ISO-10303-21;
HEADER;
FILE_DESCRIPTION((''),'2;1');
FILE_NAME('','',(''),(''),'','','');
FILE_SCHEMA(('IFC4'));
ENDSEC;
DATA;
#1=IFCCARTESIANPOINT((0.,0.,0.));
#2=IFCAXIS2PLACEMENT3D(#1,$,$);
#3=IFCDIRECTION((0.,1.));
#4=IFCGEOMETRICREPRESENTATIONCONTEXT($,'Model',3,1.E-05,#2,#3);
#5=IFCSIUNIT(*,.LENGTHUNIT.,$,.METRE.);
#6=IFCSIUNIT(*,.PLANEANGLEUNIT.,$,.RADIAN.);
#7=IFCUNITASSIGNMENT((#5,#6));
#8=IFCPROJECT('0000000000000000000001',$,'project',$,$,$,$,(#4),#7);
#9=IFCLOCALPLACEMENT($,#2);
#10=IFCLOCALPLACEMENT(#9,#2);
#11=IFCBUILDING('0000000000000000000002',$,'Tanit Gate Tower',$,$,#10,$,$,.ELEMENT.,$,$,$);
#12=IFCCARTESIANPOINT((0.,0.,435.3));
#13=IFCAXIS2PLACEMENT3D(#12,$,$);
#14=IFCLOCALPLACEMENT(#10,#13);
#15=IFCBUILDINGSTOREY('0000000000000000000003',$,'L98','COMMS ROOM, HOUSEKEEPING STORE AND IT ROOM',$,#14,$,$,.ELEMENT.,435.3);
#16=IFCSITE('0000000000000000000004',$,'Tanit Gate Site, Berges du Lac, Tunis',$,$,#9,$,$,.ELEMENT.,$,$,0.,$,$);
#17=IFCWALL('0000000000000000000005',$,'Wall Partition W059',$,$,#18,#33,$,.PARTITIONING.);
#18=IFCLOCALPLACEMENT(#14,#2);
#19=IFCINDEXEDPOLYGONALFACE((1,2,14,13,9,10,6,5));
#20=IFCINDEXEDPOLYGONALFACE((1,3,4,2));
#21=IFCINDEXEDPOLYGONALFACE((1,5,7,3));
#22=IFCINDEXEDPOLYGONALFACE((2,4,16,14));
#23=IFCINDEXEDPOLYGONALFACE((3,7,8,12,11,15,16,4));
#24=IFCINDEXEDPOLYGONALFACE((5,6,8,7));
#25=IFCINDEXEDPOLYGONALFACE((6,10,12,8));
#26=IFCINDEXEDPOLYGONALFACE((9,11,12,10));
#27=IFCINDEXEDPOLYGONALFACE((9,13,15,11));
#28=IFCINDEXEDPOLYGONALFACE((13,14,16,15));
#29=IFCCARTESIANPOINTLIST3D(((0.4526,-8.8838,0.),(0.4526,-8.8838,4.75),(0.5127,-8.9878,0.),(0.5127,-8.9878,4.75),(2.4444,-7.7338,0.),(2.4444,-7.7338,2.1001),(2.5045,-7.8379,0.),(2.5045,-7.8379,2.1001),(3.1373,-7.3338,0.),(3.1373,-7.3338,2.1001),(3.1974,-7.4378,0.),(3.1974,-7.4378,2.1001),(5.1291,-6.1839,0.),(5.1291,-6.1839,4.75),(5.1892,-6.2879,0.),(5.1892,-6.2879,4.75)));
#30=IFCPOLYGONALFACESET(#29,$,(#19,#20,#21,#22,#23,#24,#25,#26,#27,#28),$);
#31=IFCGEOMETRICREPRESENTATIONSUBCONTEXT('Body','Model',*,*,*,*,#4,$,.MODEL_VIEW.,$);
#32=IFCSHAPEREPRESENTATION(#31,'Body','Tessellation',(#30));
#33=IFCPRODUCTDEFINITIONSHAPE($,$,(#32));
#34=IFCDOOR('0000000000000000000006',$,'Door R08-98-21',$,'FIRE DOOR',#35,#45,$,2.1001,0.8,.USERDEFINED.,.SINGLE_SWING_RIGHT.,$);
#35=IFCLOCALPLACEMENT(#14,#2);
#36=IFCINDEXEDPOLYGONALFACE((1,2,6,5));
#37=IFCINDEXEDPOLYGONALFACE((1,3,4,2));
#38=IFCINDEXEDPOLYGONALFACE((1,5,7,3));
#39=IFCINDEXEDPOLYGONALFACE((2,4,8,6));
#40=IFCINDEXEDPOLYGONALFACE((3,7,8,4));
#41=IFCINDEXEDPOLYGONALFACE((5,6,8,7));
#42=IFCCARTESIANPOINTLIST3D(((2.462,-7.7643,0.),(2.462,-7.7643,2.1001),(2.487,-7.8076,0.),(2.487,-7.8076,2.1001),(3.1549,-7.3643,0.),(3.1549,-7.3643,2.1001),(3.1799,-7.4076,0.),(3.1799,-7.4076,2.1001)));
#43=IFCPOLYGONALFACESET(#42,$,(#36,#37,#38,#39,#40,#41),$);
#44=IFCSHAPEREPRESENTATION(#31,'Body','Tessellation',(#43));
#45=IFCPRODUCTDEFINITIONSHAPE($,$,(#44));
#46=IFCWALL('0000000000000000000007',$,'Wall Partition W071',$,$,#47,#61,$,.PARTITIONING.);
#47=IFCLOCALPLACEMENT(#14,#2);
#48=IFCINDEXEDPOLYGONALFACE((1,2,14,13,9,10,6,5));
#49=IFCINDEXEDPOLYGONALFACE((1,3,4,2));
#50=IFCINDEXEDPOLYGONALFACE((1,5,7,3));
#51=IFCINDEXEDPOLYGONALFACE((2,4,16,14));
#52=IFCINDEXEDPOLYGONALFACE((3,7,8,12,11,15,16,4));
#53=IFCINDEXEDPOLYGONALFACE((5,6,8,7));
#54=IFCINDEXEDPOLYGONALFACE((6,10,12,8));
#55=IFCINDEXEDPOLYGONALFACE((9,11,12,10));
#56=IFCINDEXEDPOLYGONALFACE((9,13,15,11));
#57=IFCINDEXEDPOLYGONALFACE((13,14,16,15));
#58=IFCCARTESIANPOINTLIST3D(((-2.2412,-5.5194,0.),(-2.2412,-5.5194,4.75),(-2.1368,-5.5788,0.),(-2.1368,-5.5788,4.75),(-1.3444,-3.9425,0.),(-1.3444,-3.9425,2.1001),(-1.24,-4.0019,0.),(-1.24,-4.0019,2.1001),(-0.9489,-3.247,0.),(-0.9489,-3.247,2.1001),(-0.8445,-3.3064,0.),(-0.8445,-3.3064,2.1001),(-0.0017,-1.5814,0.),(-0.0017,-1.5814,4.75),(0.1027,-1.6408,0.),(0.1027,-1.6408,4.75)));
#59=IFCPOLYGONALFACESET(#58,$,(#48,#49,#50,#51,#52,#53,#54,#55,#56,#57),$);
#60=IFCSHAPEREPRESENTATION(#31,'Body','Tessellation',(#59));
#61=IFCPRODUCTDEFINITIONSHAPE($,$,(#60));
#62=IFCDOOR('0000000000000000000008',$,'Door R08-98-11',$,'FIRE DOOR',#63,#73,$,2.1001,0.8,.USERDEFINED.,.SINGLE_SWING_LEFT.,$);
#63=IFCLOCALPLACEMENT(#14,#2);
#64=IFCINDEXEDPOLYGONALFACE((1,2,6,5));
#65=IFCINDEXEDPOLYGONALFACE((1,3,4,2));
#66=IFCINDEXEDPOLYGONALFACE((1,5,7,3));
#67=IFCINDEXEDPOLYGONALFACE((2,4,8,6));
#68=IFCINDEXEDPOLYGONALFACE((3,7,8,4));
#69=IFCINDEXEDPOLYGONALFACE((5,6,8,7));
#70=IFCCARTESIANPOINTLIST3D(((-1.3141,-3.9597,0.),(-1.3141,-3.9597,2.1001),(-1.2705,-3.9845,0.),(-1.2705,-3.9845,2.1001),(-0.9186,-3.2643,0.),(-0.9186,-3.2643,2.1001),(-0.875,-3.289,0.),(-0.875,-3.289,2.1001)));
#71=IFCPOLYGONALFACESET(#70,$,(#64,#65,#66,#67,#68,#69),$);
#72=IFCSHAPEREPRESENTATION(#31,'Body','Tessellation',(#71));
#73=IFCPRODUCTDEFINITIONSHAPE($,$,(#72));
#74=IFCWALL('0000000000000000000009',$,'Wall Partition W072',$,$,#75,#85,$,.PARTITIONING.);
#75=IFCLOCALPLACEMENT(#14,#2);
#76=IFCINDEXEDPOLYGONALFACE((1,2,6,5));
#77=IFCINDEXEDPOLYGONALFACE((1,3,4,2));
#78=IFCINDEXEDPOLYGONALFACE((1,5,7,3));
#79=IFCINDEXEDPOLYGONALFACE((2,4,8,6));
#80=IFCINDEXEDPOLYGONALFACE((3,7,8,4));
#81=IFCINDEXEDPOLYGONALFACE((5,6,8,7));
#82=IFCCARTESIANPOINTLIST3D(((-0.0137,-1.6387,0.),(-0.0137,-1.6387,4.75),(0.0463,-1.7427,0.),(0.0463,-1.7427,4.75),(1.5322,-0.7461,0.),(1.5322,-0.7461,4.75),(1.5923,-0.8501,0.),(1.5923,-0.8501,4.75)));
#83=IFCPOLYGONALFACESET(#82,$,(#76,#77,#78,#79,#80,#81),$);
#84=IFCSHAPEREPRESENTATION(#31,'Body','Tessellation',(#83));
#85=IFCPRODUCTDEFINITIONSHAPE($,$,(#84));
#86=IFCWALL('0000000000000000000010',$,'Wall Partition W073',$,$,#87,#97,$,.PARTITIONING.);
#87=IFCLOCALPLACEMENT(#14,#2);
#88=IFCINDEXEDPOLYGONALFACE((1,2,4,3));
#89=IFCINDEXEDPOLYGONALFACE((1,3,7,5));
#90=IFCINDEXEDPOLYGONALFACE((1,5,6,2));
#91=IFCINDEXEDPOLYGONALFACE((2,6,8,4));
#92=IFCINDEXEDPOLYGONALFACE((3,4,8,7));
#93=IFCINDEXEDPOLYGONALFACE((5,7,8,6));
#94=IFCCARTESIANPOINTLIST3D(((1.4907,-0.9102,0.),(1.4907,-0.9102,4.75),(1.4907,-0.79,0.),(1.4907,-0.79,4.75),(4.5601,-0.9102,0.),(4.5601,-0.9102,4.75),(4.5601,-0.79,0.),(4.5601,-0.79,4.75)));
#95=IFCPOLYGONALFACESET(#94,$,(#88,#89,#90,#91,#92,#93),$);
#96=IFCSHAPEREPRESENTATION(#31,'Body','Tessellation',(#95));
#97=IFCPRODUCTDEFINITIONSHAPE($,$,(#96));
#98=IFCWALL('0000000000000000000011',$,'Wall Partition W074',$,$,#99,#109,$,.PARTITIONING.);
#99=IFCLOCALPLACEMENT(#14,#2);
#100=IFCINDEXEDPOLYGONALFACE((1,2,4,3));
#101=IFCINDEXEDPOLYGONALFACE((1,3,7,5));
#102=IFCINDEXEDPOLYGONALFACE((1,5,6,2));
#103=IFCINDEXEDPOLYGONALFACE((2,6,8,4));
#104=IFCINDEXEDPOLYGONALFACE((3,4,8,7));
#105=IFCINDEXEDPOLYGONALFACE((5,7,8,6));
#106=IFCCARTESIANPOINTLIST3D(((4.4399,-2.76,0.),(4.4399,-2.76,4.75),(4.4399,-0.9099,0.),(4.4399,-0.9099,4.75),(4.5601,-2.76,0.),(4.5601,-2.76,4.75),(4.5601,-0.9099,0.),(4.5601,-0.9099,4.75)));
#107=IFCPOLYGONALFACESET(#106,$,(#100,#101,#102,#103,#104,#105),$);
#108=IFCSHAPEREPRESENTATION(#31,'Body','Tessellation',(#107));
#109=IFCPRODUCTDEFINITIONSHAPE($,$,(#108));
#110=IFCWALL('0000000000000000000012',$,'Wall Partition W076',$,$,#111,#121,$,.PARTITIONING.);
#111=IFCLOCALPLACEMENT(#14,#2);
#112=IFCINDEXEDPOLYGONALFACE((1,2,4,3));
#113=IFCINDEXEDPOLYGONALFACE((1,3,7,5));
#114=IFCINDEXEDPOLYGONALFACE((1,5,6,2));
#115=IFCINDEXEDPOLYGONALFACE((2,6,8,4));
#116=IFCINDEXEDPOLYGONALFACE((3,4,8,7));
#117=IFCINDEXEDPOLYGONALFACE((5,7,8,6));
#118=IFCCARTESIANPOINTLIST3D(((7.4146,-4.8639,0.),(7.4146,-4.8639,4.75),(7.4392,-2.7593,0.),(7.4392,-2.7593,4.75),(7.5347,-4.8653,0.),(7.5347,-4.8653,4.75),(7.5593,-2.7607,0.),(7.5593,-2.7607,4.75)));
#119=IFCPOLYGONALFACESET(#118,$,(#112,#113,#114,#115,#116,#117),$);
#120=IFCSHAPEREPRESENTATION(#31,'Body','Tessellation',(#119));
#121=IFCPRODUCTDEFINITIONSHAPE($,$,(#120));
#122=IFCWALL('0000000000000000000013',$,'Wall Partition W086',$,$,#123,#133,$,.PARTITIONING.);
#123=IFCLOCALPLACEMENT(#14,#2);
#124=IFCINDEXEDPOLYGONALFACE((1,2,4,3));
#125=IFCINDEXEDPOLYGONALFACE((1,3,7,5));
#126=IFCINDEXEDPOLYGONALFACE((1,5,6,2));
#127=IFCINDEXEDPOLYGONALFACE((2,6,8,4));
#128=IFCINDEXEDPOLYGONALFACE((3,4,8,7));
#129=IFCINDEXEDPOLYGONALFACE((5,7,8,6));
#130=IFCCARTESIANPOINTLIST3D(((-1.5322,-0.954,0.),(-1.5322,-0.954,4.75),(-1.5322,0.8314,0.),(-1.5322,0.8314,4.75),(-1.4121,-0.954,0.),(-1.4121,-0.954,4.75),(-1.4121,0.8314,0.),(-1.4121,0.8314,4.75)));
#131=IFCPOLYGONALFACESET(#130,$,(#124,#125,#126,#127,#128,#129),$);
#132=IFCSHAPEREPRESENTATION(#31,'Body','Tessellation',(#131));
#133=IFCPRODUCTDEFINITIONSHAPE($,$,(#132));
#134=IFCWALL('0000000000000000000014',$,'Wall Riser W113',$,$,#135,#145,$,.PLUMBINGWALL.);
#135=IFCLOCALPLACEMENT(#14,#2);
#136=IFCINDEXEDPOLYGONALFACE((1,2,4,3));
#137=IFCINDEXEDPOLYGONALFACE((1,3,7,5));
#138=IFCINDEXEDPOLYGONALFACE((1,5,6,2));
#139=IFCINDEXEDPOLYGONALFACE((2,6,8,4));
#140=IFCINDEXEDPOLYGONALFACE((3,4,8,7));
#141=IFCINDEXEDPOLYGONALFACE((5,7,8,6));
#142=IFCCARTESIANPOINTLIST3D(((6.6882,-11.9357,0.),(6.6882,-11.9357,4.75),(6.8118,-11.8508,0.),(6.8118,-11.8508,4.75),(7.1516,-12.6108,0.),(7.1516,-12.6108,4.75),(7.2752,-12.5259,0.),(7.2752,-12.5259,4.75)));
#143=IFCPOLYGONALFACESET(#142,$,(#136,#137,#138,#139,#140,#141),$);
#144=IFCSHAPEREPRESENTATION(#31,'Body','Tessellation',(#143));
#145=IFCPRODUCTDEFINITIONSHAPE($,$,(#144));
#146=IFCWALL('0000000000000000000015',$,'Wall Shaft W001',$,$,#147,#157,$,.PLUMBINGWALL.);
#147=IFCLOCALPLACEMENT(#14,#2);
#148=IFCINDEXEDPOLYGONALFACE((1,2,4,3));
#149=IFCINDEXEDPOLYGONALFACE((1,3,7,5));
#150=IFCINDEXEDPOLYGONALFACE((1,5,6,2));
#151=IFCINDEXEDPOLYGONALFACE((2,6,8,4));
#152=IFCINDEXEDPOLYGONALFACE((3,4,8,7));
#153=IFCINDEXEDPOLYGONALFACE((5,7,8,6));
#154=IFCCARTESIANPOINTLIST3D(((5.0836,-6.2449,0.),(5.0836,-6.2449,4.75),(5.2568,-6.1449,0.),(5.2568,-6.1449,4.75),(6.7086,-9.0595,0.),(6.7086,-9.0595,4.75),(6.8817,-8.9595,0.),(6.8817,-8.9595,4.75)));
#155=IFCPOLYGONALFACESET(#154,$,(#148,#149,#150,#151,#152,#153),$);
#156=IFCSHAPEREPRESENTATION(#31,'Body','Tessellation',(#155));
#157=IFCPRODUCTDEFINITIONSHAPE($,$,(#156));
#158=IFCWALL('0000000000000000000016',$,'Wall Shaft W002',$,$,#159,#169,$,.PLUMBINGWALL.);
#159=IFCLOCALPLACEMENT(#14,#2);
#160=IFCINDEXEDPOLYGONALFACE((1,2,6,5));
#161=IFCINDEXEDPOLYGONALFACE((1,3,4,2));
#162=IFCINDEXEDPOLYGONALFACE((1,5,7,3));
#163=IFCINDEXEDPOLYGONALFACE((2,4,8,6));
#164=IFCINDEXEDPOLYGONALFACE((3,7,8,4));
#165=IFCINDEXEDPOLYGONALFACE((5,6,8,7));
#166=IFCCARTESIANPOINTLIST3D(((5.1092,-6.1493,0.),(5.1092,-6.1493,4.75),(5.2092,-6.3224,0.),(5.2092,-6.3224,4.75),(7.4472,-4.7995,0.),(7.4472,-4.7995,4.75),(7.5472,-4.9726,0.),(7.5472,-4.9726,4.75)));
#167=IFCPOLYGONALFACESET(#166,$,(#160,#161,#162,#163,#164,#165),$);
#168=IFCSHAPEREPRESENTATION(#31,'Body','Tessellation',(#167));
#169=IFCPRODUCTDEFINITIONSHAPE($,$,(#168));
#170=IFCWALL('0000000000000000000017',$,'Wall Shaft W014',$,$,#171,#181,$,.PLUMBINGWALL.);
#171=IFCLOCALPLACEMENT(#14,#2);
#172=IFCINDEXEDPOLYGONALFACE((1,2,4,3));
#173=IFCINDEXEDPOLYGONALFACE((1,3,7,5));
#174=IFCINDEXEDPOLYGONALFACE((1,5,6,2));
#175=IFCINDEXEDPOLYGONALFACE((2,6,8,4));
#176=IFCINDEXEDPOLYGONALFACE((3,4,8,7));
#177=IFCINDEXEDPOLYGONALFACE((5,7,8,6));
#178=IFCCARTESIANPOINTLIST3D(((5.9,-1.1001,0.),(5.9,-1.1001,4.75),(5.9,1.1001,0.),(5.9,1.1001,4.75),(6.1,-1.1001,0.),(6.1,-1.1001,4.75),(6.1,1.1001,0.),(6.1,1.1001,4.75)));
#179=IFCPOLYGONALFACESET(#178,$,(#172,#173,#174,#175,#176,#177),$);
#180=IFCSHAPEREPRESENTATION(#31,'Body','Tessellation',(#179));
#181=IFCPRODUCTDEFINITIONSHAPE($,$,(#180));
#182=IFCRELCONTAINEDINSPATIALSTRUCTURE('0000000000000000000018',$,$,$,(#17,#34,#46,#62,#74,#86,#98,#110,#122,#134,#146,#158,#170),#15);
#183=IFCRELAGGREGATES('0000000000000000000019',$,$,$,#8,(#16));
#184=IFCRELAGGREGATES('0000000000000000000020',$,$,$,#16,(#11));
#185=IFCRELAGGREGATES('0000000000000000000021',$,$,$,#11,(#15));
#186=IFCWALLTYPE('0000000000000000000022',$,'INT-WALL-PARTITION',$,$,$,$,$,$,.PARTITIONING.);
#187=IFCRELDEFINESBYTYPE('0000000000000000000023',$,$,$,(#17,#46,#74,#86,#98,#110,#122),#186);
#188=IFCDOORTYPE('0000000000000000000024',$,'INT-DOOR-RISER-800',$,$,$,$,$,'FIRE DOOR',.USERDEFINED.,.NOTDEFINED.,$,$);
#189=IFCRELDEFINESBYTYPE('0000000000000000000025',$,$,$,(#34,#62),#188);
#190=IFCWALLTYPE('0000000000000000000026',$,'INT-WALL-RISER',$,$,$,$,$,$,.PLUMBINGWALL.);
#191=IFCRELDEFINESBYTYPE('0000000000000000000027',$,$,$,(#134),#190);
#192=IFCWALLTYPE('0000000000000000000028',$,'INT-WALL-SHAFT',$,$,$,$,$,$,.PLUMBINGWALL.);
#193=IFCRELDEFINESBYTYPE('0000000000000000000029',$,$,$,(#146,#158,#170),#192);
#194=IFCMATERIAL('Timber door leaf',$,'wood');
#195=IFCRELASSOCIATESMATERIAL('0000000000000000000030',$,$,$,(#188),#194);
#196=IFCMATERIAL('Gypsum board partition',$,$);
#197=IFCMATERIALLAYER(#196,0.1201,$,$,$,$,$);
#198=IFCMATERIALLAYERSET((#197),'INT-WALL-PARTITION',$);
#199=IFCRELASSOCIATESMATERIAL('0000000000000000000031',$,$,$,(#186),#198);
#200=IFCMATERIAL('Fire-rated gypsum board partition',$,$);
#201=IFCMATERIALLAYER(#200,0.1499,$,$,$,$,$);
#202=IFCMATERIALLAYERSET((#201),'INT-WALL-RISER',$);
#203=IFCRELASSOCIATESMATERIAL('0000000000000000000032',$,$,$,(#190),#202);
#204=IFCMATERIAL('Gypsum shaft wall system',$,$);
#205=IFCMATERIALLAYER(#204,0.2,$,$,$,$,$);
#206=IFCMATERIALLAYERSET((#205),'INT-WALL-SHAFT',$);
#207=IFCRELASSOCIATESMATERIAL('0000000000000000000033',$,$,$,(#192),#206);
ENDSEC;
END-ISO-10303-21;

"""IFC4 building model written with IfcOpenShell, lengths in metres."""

from ifc_helpers import new_model, si_unit, direction, frame, frame_2d, origin, place, context, subcontext, project, spatial, rectangle, extrude, material, layer, layer_set, type_object, element, fill, save


model = new_model("IFC4")

# Units and contexts
model_context = context("Model", 3, precision=1e-05, world=origin(), true_north=direction((0.0, 1.0)))
body_context = subcontext(model_context, "Body", "Model", "MODEL_VIEW")
ifc_project = project(units=[si_unit("LENGTHUNIT", "METRE"), si_unit("PLANEANGLEUNIT", "RADIAN")], contexts=[model_context])

# Site, building, storey
site_placement = place(None, origin())
site = spatial("IfcSite", under=ifc_project, at=site_placement, Name="Tanit Gate Site, Berges du Lac, Tunis", CompositionType="ELEMENT", RefElevation=0.0)
building_placement = place(site_placement, origin())
building = spatial("IfcBuilding", under=site, at=building_placement, Name="Tanit Gate Tower", CompositionType="ELEMENT")
storey_placement = place(building_placement, frame((0.0, 0.0, 435.3)))
storey = spatial("IfcBuildingStorey", under=building, at=storey_placement, Name="L98", Description="COMMS ROOM, HOUSEKEEPING STORE AND IT ROOM", CompositionType="ELEMENT", Elevation=435.3)

# Shared definitions
ifc_material_1 = material(Name="Timber door leaf", Category="wood")
door_type_1 = type_object("IfcDoorType", Name="INT-DOOR-RISER-800", ElementType="FIRE DOOR", OperationType="NOTDEFINED", PredefinedType="USERDEFINED", material=ifc_material_1)

# Shared definitions
ifc_material_2 = material(Name="Gypsum board partition")
ifc_layer_1 = layer(ifc_material_2, 0.1201)
ifc_layer_set_1 = layer_set([ifc_layer_1], Name="INT-WALL-PARTITION")
wall_type_1 = type_object("IfcWallType", Name="INT-WALL-PARTITION", PredefinedType="PARTITIONING", material=ifc_layer_set_1)

# Walls, openings, doors
wall_1_placement = place(storey_placement, frame((0.4827, -8.9358, 0.0), z_axis=(0.0, 0.0, 1.0), x_axis=(0.866028, 0.499995, 0.0)))
wall_1 = element("IfcWall", 1, at=wall_1_placement, inside=storey, type_object=wall_type_1, Name="Wall Partition W059", PredefinedType="PARTITIONING", context=body_context, shape_type="SweptSolid", body=[
    extrude(rectangle(XDim=5.3999, YDim=0.1201, at=frame_2d((2.7, 0.0))), origin(), (0.0, 0.0, 1.0), 4.75),
])
opening_1_placement = place(wall_1_placement, frame((2.3, 0.0, 0.0)))
opening_1 = element("IfcOpeningElement", 2, at=opening_1_placement, cuts=wall_1, PredefinedType="OPENING", context=body_context, shape_type="SweptSolid", body=[
    extrude(rectangle(XDim=0.8, YDim=2.1001, at=frame_2d((0.3999, 1.05))), frame((0.0, 0.0701, 0.0), z_axis=(0.0, -1.0, 0.0), x_axis=(1.0, 0.0, 0.0)), (0.0, 0.0, 1.0), 0.1401),
])
door_1_placement = place(opening_1_placement, origin())
door_1 = element("IfcDoor", 3, at=door_1_placement, inside=storey, type_object=door_type_1, Name="Door R08-98-21", ObjectType="FIRE DOOR", OperationType="SINGLE_SWING_RIGHT", OverallHeight=2.1001, OverallWidth=0.8, PredefinedType="USERDEFINED", context=body_context, shape_type="SweptSolid", body=[
    extrude(rectangle(XDim=0.8, YDim=2.1001, at=frame_2d((0.3999, 1.05))), frame((0.0, 0.0249, 0.0), z_axis=(0.0, -1.0, 0.0), x_axis=(1.0, 0.0, 0.0)), (0.0, 0.0, 1.0), 0.05),
])
fill(opening_1, door_1)
wall_2_placement = place(storey_placement, frame((0.0505, -1.6111, 0.0), z_axis=(0.0, 0.0, 1.0), x_axis=(-0.494345, -0.869266, 0.0)))
wall_2 = element("IfcWall", 4, at=wall_2_placement, inside=storey, type_object=wall_type_1, Name="Wall Partition W071", PredefinedType="PARTITIONING", context=body_context, shape_type="SweptSolid", body=[
    extrude(rectangle(XDim=4.5303, YDim=0.1201, at=frame_2d((2.2651, 0.0))), origin(), (0.0, 0.0, 1.0), 4.75),
])
opening_2_placement = place(wall_2_placement, frame((1.9163, 0.0, 0.0)))
opening_2 = element("IfcOpeningElement", 5, at=opening_2_placement, cuts=wall_2, PredefinedType="OPENING", context=body_context, shape_type="SweptSolid", body=[
    extrude(rectangle(XDim=0.8, YDim=2.1001, at=frame_2d((0.3999, 1.05))), frame((0.0, 0.0701, 0.0), z_axis=(0.0, -1.0, 0.0), x_axis=(1.0, 0.0, 0.0)), (0.0, 0.0, 1.0), 0.1401),
])
door_2_placement = place(opening_2_placement, origin())
door_2 = element("IfcDoor", 6, at=door_2_placement, inside=storey, type_object=door_type_1, Name="Door R08-98-11", ObjectType="FIRE DOOR", OperationType="SINGLE_SWING_LEFT", OverallHeight=2.1001, OverallWidth=0.8, PredefinedType="USERDEFINED", context=body_context, shape_type="SweptSolid", body=[
    extrude(rectangle(XDim=0.8, YDim=2.1001, at=frame_2d((0.3999, 1.05))), frame((0.0, 0.0249, 0.0), z_axis=(0.0, -1.0, 0.0), x_axis=(1.0, 0.0, 0.0)), (0.0, 0.0, 1.0), 0.05),
])
fill(opening_2, door_2)

# Walls
wall_3_placement = place(storey_placement, frame((1.5623, -0.7981, 0.0), z_axis=(0.0, 0.0, 1.0), x_axis=(-0.866012, -0.500022, 0.0)))
element("IfcWall", 7, at=wall_3_placement, inside=storey, type_object=wall_type_1, Name="Wall Partition W072", PredefinedType="PARTITIONING", context=body_context, shape_type="SweptSolid", body=[
    extrude(rectangle(XDim=1.7852, YDim=0.1201, at=frame_2d((0.8926, 0.0))), origin(), (0.0, 0.0, 1.0), 4.75),
])
wall_4_placement = place(storey_placement, frame((4.5601, -0.8501, 0.0), z_axis=(0.0, 0.0, 1.0), x_axis=(-1.0, 0.0, 0.0)))
element("IfcWall", 8, at=wall_4_placement, inside=storey, type_object=wall_type_1, Name="Wall Partition W073", PredefinedType="PARTITIONING", context=body_context, shape_type="SweptSolid", body=[
    extrude(rectangle(XDim=3.0693, YDim=0.1201, at=frame_2d((1.5347, 0.0))), origin(), (0.0, 0.0, 1.0), 4.75),
])
wall_5_placement = place(storey_placement, frame((4.5, -2.76, 0.0), z_axis=(0.0, 0.0, 1.0), x_axis=(0.0, 1.0, 0.0)))
element("IfcWall", 9, at=wall_5_placement, inside=storey, type_object=wall_type_1, Name="Wall Partition W074", PredefinedType="PARTITIONING", context=body_context, shape_type="SweptSolid", body=[
    extrude(rectangle(XDim=1.8501, YDim=0.1201, at=frame_2d((0.925, 0.0))), origin(), (0.0, 0.0, 1.0), 4.75),
])
wall_6_placement = place(storey_placement, frame((7.4746, -4.8645, 0.0), z_axis=(0.0, 0.0, 1.0), x_axis=(0.011716, 0.999931, 0.0)))
element("IfcWall", 10, at=wall_6_placement, inside=storey, type_object=wall_type_1, Name="Wall Partition W076", PredefinedType="PARTITIONING", context=body_context, shape_type="SweptSolid", body=[
    extrude(rectangle(XDim=2.1047, YDim=0.1201, at=frame_2d((1.0522, 0.0))), origin(), (0.0, 0.0, 1.0), 4.75),
])
wall_7_placement = place(storey_placement, frame((-1.4722, -0.9539, 0.0), z_axis=(0.0, 0.0, 1.0), x_axis=(0.0, 1.0, 0.0)))
element("IfcWall", 11, at=wall_7_placement, inside=storey, type_object=wall_type_1, Name="Wall Partition W086", PredefinedType="PARTITIONING", context=body_context, shape_type="SweptSolid", body=[
    extrude(rectangle(XDim=1.7854, YDim=0.1201, at=frame_2d((0.8926, 0.0))), origin(), (0.0, 0.0, 1.0), 4.75),
])
ifc_material_3 = material(Name="Fire-rated gypsum board partition")
ifc_layer_2 = layer(ifc_material_3, 0.1499)
ifc_layer_set_2 = layer_set([ifc_layer_2], Name="INT-WALL-RISER")
wall_type_2 = type_object("IfcWallType", Name="INT-WALL-RISER", PredefinedType="PLUMBINGWALL", material=ifc_layer_set_2)
wall_8_placement = place(storey_placement, frame((7.2134, -12.5684, 0.0), z_axis=(0.0, 0.0, 1.0), x_axis=(-0.565934, 0.824451, 0.0)))
element("IfcWall", 12, at=wall_8_placement, inside=storey, type_object=wall_type_2, Name="Wall Riser W113", PredefinedType="PLUMBINGWALL", context=body_context, shape_type="SweptSolid", body=[
    extrude(rectangle(XDim=0.8188, YDim=0.1499, at=frame_2d((0.4094, 0.0))), origin(), (0.0, 0.0, 1.0), 4.75),
])
ifc_material_4 = material(Name="Gypsum shaft wall system")
ifc_layer_3 = layer(ifc_material_4, 0.2)
ifc_layer_set_3 = layer_set([ifc_layer_3], Name="INT-WALL-SHAFT")
wall_type_3 = type_object("IfcWallType", Name="INT-WALL-SHAFT", PredefinedType="PLUMBINGWALL", material=ifc_layer_set_3)
wall_9_placement = place(storey_placement, frame((6.7952, -9.0095, 0.0), z_axis=(0.0, 0.0, 1.0), x_axis=(-0.499985, 0.866034, 0.0)))
element("IfcWall", 13, at=wall_9_placement, inside=storey, type_object=wall_type_3, Name="Wall Shaft W001", PredefinedType="PLUMBINGWALL", context=body_context, shape_type="SweptSolid", body=[
    extrude(rectangle(XDim=3.25, YDim=0.2, at=frame_2d((1.625, 0.0))), origin(), (0.0, 0.0, 1.0), 4.75),
])
wall_10_placement = place(storey_placement, frame((5.1592, -6.2358, 0.0), z_axis=(0.0, 0.0, 1.0), x_axis=(0.866037, 0.499981, 0.0)))
element("IfcWall", 14, at=wall_10_placement, inside=storey, type_object=wall_type_3, Name="Wall Shaft W002", PredefinedType="PLUMBINGWALL", context=body_context, shape_type="SweptSolid", body=[
    extrude(rectangle(XDim=2.6997, YDim=0.2, at=frame_2d((1.3499, 0.0))), origin(), (0.0, 0.0, 1.0), 4.75),
])
wall_11_placement = place(storey_placement, frame((6.0, -1.1001, 0.0), z_axis=(0.0, 0.0, 1.0), x_axis=(0.0, 1.0, 0.0)))
element("IfcWall", 15, at=wall_11_placement, inside=storey, type_object=wall_type_3, Name="Wall Shaft W014", PredefinedType="PLUMBINGWALL", context=body_context, shape_type="SweptSolid", body=[
    extrude(rectangle(XDim=2.2002, YDim=0.2, at=frame_2d((1.1001, 0.0))), origin(), (0.0, 0.0, 1.0), 4.75),
])

save(model, "model.ifc")
